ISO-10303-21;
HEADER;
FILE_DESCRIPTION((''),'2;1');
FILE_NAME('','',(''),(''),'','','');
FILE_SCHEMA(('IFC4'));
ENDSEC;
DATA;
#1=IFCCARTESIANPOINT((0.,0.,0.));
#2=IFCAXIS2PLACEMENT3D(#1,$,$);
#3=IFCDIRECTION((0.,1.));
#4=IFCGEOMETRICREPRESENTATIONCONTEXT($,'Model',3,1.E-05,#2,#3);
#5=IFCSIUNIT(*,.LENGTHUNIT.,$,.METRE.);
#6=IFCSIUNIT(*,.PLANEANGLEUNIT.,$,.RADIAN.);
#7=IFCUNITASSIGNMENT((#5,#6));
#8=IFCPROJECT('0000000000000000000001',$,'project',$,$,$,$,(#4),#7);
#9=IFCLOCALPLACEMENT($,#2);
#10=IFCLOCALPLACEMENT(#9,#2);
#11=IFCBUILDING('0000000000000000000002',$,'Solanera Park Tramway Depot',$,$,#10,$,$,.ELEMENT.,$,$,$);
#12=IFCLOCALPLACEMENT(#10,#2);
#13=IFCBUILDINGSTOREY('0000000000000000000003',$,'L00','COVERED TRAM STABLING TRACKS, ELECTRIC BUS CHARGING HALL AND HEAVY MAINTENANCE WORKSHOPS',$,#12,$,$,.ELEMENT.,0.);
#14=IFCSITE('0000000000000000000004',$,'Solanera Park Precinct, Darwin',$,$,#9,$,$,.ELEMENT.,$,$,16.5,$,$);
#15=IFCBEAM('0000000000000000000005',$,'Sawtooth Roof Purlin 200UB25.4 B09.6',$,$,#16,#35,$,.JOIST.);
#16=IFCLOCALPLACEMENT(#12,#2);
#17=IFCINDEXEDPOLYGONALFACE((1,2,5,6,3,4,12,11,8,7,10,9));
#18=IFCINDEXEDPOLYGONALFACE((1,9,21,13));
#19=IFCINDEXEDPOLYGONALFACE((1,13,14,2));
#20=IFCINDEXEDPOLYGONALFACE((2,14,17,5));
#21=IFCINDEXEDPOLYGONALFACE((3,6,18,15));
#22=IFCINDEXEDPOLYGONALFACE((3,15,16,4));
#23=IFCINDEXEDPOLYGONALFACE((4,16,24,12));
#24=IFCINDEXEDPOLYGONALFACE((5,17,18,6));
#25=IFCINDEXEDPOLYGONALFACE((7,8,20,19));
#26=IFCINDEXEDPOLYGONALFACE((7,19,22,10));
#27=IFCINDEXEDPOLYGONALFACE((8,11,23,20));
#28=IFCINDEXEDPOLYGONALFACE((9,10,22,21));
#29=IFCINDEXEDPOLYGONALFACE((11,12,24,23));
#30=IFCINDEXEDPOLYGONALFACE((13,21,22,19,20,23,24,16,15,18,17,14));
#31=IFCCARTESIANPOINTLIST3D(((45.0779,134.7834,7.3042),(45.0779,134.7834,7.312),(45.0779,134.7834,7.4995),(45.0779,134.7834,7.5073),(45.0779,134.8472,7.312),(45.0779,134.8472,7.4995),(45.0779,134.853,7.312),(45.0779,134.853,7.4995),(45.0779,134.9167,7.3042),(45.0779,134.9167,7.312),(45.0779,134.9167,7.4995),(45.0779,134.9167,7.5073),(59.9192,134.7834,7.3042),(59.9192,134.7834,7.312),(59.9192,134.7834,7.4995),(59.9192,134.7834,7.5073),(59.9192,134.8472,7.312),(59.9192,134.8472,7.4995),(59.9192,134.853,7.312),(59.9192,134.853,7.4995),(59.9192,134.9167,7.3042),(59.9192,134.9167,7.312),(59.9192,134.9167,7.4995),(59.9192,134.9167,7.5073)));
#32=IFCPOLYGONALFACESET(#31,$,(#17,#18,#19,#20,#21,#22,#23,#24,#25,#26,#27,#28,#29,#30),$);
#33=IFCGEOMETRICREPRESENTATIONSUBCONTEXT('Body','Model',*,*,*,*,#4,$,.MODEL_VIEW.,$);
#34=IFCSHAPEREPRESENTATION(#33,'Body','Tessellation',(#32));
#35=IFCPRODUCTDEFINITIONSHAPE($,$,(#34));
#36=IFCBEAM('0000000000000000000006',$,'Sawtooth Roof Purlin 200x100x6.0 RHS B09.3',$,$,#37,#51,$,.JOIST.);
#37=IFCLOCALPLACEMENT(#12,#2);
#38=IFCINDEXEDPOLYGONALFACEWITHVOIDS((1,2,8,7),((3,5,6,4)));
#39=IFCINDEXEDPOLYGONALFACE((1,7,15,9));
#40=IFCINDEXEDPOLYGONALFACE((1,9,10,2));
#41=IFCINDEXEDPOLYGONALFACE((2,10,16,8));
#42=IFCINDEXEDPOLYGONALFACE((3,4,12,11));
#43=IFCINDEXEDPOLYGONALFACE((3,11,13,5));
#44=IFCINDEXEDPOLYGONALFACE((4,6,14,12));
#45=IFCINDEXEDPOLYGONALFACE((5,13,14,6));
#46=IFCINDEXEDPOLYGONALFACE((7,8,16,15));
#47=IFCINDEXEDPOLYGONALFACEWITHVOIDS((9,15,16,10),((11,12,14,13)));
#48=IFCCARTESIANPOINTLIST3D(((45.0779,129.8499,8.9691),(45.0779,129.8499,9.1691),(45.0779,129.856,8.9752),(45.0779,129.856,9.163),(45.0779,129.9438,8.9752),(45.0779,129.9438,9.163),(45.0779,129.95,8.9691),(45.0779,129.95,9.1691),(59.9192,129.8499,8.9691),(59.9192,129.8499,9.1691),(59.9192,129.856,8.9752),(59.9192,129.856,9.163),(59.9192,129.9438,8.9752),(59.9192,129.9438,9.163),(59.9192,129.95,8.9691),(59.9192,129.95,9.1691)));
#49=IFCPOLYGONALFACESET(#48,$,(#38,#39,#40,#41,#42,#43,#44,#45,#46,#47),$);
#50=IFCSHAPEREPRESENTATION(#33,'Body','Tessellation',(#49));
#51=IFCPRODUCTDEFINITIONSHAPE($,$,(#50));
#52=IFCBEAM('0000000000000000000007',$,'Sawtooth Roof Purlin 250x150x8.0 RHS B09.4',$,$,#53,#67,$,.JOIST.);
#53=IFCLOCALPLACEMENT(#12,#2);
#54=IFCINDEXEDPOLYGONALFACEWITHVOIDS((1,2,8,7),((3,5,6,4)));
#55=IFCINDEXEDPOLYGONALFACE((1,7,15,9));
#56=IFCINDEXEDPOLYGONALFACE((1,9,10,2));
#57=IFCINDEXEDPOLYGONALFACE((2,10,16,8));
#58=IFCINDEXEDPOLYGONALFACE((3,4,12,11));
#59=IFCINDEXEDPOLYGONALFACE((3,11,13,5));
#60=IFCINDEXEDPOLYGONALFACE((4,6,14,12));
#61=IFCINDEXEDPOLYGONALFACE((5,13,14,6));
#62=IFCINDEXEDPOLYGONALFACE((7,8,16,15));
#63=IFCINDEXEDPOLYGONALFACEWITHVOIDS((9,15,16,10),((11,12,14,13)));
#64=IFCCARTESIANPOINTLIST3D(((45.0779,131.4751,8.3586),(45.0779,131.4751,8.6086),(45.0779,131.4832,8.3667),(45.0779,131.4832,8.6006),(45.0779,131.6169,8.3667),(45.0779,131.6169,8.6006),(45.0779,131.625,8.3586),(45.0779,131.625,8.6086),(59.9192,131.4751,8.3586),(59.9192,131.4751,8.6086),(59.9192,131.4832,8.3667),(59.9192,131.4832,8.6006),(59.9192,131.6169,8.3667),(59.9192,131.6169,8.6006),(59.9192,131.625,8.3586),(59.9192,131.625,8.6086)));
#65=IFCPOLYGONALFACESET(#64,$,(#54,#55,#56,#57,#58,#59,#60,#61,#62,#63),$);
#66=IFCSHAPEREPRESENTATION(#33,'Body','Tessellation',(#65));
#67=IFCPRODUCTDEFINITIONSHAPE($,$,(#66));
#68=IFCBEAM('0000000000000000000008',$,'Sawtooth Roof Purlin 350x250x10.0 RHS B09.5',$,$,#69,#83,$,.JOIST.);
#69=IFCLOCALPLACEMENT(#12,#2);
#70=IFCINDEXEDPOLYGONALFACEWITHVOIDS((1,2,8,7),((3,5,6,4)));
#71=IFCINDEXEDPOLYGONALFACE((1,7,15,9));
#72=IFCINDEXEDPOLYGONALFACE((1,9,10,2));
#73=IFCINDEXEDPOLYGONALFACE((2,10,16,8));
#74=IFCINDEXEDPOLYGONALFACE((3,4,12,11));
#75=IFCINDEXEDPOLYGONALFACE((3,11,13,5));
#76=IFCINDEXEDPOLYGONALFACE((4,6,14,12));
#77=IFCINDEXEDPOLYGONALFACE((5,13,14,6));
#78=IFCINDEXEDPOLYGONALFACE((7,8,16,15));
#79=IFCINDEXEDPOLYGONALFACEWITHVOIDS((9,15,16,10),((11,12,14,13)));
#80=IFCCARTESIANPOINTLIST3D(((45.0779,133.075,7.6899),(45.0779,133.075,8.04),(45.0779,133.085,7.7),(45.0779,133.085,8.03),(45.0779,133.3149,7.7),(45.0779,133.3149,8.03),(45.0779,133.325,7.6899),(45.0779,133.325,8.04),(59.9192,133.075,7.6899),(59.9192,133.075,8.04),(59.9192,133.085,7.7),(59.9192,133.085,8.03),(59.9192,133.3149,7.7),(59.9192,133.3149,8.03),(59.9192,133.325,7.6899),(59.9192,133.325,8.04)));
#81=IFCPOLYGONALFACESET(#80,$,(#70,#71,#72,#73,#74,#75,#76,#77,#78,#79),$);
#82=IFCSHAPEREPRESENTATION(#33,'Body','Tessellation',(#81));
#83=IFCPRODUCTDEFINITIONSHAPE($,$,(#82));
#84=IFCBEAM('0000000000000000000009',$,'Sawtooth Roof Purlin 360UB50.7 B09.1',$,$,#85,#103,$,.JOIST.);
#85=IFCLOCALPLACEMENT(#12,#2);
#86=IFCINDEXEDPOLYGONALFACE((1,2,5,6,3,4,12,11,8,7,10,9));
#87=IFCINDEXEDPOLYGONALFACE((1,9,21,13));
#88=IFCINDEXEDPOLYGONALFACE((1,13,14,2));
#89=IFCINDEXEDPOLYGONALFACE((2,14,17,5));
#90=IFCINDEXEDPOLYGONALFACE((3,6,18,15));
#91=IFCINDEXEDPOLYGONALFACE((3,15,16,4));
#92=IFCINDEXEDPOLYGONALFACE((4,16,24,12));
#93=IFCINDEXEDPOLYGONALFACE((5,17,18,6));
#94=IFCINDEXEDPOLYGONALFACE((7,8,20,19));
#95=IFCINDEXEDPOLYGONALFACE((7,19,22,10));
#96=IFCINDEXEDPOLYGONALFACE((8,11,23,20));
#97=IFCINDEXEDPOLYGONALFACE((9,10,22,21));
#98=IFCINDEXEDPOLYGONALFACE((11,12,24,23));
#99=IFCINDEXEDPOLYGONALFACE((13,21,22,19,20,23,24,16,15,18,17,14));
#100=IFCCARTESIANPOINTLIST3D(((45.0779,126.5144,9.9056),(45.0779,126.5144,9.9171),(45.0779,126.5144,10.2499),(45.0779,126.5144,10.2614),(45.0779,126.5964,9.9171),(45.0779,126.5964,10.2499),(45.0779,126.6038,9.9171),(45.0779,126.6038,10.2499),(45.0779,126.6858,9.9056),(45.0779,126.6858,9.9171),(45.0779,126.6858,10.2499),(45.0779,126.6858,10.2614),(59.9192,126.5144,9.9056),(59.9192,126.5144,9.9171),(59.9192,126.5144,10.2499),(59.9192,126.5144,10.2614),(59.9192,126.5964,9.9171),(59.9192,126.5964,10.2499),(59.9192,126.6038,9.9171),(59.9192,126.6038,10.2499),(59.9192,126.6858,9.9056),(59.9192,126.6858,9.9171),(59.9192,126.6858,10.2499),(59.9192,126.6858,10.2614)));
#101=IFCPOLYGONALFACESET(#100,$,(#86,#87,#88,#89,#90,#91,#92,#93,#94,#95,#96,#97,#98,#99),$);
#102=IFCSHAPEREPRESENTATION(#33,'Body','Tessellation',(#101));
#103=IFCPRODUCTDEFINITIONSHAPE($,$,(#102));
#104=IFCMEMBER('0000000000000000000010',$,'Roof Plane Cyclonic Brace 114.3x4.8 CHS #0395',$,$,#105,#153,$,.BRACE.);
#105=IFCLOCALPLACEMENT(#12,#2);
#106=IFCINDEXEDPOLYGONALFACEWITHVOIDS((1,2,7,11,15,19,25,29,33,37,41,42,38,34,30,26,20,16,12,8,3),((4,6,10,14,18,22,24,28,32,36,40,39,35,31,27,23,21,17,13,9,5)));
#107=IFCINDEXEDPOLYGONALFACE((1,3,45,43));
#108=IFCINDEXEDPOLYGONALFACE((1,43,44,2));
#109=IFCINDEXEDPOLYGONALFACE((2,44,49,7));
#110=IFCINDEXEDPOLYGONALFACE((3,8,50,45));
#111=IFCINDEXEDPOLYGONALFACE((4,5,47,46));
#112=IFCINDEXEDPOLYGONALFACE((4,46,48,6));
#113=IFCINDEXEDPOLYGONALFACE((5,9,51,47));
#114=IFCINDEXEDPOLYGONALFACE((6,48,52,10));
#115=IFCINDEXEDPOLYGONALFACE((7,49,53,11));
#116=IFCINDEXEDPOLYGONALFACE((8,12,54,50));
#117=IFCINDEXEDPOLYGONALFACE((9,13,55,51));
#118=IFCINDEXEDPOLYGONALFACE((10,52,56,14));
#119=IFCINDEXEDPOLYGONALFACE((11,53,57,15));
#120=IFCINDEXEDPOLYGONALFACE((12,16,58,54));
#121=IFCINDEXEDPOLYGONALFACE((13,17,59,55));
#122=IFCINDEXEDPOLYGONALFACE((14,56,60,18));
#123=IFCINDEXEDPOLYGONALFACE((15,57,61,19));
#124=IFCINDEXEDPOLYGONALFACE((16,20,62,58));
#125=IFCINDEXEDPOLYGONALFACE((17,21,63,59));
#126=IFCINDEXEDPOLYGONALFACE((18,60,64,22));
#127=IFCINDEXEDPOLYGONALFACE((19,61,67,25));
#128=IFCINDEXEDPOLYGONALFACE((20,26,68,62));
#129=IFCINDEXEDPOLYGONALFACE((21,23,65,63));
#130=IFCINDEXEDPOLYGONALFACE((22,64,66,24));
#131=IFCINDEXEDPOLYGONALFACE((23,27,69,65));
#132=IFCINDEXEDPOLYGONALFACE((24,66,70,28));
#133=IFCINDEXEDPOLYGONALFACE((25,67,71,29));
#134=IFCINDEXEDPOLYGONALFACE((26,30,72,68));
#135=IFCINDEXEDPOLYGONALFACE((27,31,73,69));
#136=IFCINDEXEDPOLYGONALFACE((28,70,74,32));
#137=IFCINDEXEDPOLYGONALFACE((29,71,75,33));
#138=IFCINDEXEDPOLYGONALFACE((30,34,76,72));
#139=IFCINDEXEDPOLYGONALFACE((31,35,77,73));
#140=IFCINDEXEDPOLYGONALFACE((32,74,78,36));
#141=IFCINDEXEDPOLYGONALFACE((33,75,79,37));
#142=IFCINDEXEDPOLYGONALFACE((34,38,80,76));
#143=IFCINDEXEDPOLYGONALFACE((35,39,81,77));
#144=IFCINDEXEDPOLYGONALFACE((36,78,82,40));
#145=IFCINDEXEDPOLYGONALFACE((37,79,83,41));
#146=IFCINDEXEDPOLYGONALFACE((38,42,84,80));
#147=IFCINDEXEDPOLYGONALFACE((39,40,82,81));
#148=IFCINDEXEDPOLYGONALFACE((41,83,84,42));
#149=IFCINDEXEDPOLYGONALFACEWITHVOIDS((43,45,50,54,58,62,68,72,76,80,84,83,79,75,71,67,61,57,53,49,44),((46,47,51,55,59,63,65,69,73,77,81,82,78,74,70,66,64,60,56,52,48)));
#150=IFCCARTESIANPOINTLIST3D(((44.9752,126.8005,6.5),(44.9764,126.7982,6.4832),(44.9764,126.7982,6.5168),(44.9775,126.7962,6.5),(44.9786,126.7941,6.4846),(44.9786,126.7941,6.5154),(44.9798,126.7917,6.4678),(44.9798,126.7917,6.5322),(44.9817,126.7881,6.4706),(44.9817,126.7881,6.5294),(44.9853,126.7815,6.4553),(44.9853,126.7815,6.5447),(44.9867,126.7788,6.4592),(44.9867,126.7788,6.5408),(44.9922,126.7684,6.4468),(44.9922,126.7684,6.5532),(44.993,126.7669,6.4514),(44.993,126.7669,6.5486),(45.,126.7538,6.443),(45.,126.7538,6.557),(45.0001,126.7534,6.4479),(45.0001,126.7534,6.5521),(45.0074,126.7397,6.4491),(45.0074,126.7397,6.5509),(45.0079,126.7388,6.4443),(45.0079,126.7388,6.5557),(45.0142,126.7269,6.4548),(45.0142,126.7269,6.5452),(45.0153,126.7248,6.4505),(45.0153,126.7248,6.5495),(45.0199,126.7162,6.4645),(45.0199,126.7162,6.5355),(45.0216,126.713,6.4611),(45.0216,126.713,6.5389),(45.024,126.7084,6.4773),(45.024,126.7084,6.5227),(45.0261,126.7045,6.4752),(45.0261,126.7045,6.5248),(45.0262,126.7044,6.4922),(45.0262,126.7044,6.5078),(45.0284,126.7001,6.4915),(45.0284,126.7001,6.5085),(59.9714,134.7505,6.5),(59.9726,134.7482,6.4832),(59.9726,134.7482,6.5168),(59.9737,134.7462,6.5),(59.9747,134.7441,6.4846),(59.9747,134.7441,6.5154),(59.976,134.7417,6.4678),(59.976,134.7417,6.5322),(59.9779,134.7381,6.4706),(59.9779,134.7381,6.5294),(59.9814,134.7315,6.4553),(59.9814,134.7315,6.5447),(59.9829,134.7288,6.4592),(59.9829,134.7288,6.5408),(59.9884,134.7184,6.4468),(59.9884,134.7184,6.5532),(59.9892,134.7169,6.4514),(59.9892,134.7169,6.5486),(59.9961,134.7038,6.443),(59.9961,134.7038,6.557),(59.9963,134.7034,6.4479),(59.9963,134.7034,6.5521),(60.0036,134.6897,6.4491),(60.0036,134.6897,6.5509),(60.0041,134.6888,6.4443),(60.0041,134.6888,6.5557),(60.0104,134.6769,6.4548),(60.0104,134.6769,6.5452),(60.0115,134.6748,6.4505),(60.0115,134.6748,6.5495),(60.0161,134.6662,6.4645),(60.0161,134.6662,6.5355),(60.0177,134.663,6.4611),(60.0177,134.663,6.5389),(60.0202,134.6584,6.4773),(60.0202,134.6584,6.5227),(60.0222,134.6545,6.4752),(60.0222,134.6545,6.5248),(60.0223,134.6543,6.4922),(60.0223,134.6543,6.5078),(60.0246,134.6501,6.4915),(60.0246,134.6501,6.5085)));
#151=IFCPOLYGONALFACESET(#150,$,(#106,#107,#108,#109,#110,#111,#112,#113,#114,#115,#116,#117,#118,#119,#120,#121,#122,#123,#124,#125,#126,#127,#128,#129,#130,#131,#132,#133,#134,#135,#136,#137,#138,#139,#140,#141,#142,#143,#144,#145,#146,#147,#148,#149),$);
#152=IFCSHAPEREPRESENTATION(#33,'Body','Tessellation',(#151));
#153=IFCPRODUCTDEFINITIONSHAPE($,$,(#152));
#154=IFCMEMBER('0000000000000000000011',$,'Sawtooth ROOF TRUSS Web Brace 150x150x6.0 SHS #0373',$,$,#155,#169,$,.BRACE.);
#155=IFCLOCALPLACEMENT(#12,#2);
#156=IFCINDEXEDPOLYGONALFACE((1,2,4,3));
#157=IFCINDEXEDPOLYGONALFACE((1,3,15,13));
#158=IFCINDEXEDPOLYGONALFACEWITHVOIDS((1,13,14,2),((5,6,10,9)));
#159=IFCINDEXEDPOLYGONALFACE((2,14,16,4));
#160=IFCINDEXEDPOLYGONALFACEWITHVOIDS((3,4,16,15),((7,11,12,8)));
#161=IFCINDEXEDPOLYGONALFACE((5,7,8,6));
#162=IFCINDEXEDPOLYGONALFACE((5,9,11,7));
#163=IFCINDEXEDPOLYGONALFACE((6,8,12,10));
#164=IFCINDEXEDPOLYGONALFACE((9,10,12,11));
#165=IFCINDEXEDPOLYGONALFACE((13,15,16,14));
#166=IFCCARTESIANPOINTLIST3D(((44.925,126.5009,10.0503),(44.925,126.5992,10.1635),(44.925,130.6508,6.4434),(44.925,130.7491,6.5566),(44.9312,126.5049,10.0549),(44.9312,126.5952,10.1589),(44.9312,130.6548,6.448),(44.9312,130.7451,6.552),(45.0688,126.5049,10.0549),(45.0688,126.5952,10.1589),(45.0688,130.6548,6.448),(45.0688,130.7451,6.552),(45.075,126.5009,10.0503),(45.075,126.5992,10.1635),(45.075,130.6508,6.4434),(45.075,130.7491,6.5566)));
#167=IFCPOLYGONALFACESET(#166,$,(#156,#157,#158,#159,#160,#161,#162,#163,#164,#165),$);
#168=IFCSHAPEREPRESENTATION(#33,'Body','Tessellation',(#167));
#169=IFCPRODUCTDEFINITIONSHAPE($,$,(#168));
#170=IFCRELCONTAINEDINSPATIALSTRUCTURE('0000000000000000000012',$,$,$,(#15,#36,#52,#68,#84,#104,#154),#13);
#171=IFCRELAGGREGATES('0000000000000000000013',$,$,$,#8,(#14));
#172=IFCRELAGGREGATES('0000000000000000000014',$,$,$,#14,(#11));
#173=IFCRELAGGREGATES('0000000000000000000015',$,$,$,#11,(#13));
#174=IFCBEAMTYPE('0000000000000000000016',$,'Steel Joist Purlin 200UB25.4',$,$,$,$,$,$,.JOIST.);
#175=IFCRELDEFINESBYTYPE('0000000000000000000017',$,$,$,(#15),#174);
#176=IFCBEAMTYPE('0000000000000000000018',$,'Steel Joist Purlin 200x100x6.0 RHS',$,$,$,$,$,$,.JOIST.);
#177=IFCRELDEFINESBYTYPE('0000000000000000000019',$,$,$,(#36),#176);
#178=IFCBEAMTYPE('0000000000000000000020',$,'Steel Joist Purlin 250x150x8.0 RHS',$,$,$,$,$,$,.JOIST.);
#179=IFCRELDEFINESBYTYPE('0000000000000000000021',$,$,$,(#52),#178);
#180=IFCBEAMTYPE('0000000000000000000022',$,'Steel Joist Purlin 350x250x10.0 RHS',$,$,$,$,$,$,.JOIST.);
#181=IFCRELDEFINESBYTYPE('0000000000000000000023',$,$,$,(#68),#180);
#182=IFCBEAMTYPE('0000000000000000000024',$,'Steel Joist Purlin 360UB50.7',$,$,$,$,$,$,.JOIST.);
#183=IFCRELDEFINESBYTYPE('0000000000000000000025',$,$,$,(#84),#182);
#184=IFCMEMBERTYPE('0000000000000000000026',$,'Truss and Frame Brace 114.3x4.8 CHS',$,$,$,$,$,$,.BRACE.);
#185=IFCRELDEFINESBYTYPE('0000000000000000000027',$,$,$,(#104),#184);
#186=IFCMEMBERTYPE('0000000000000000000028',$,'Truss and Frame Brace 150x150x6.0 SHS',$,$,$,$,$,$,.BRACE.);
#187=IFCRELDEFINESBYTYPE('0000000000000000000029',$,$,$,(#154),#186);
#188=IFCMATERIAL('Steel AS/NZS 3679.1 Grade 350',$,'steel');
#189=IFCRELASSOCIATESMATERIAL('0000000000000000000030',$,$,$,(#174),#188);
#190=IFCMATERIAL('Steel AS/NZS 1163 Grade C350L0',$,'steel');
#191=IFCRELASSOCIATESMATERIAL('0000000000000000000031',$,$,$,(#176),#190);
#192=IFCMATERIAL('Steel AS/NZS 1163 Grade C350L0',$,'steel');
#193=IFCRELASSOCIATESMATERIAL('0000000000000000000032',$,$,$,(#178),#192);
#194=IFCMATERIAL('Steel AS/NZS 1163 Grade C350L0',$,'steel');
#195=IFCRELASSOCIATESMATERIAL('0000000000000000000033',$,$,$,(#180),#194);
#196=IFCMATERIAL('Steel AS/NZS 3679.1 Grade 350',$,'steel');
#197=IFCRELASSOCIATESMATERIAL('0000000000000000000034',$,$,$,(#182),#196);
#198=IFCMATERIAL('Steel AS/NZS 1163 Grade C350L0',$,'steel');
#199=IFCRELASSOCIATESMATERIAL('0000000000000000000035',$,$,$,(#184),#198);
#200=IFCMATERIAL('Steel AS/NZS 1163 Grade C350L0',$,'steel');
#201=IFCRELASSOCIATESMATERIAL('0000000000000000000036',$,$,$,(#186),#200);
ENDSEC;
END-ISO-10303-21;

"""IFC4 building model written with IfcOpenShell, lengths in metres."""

from ifc_helpers import new_model, si_unit, direction, frame, origin, origin_2d, place, context, subcontext, project, spatial, hollow_rectangle, hollow_circle, i_section, extrude, material, material_profile, profile_set, type_object, element, save


model = new_model("IFC4")

# Units and contexts
model_context = context("Model", 3, precision=1e-05, world=origin(), true_north=direction((0.0, 1.0)))
body_context = subcontext(model_context, "Body", "Model", "MODEL_VIEW")
ifc_project = project(units=[si_unit("LENGTHUNIT", "METRE"), si_unit("PLANEANGLEUNIT", "RADIAN")], contexts=[model_context])

# Site, building, storey
site_placement = place(None, origin())
site = spatial("IfcSite", under=ifc_project, at=site_placement, Name="Solanera Park Precinct, Darwin", CompositionType="ELEMENT", RefElevation=16.5)
building_placement = place(site_placement, origin())
building = spatial("IfcBuilding", under=site, at=building_placement, Name="Solanera Park Tramway Depot", CompositionType="ELEMENT")
storey_placement = place(building_placement, origin())
storey = spatial("IfcBuildingStorey", under=building, at=storey_placement, Name="L00", Description="COVERED TRAM STABLING TRACKS, ELECTRIC BUS CHARGING HALL AND HEAVY MAINTENANCE WORKSHOPS", CompositionType="ELEMENT", Elevation=0.0)

# Beams
ifc_material_1 = material(Name="Steel AS/NZS 3679.1 Grade 350", Category="steel")
ifc_material_profile_1 = material_profile(ifc_material_1, i_section(OverallWidth=0.1333, OverallDepth=0.2031, WebThickness=0.0059, FlangeThickness=0.0078, at=origin_2d()), Name="200UB25.4")
ifc_profile_set_1 = profile_set([ifc_material_profile_1], Name="Steel AS/NZS 3679.1 Grade 350")
beam_type_1 = type_object("IfcBeamType", Name="Steel Joist Purlin 200UB25.4", PredefinedType="JOIST", material=ifc_profile_set_1)
beam_1_placement = place(storey_placement, frame((45.0779, 134.8501, 7.4058), z_axis=(1.0, 0.0, 0.0), x_axis=(0.0, 1.0, 0.0)))
element("IfcBeam", 1, at=beam_1_placement, inside=storey, type_object=beam_type_1, Name="Sawtooth Roof Purlin 200UB25.4 B09.6", PredefinedType="JOIST", context=body_context, shape_type="SweptSolid", body=[
    extrude(i_section(OverallWidth=0.1333, OverallDepth=0.2031, WebThickness=0.0059, FlangeThickness=0.0078, at=origin_2d()), origin(), (0.0, 0.0, 1.0), 14.8413),
])
ifc_material_2 = material(Name="Steel AS/NZS 1163 Grade C350L0", Category="steel")
ifc_material_profile_2 = material_profile(ifc_material_2, hollow_rectangle(XDim=0.1001, YDim=0.2, WallThickness=0.0061, at=origin_2d()), Name="200x100x6.0 RHS")
ifc_profile_set_2 = profile_set([ifc_material_profile_2], Name="Steel AS/NZS 1163 Grade C350L0")
beam_type_2 = type_object("IfcBeamType", Name="Steel Joist Purlin 200x100x6.0 RHS", PredefinedType="JOIST", material=ifc_profile_set_2)
beam_2_placement = place(storey_placement, frame((45.0779, 129.8999, 9.0691), z_axis=(1.0, 0.0, 0.0), x_axis=(0.0, 1.0, 0.0)))
element("IfcBeam", 2, at=beam_2_placement, inside=storey, type_object=beam_type_2, Name="Sawtooth Roof Purlin 200x100x6.0 RHS B09.3", PredefinedType="JOIST", context=body_context, shape_type="SweptSolid", body=[
    extrude(hollow_rectangle(XDim=0.1001, YDim=0.2, WallThickness=0.0061, at=origin_2d()), origin(), (0.0, 0.0, 1.0), 14.8413),
])
ifc_material_3 = material(Name="Steel AS/NZS 1163 Grade C350L0", Category="steel")
ifc_material_profile_3 = material_profile(ifc_material_3, hollow_rectangle(XDim=0.1499, YDim=0.25, WallThickness=0.0081, at=origin_2d()), Name="250x150x8.0 RHS")
ifc_profile_set_3 = profile_set([ifc_material_profile_3], Name="Steel AS/NZS 1163 Grade C350L0")
beam_type_3 = type_object("IfcBeamType", Name="Steel Joist Purlin 250x150x8.0 RHS", PredefinedType="JOIST", material=ifc_profile_set_3)
beam_3_placement = place(storey_placement, frame((45.0779, 131.55, 8.4836), z_axis=(1.0, 0.0, 0.0), x_axis=(0.0, 1.0, 0.0)))
element("IfcBeam", 3, at=beam_3_placement, inside=storey, type_object=beam_type_3, Name="Sawtooth Roof Purlin 250x150x8.0 RHS B09.4", PredefinedType="JOIST", context=body_context, shape_type="SweptSolid", body=[
    extrude(hollow_rectangle(XDim=0.1499, YDim=0.25, WallThickness=0.0081, at=origin_2d()), origin(), (0.0, 0.0, 1.0), 14.8413),
])
ifc_material_4 = material(Name="Steel AS/NZS 1163 Grade C350L0", Category="steel")
ifc_material_profile_4 = material_profile(ifc_material_4, hollow_rectangle(XDim=0.25, YDim=0.3501, WallThickness=0.01, at=origin_2d()), Name="350x250x10.0 RHS")
ifc_profile_set_4 = profile_set([ifc_material_profile_4], Name="Steel AS/NZS 1163 Grade C350L0")
beam_type_4 = type_object("IfcBeamType", Name="Steel Joist Purlin 350x250x10.0 RHS", PredefinedType="JOIST", material=ifc_profile_set_4)
beam_4_placement = place(storey_placement, frame((45.0779, 133.2, 7.865), z_axis=(1.0, 0.0, 0.0), x_axis=(0.0, 1.0, 0.0)))
element("IfcBeam", 4, at=beam_4_placement, inside=storey, type_object=beam_type_4, Name="Sawtooth Roof Purlin 350x250x10.0 RHS B09.5", PredefinedType="JOIST", context=body_context, shape_type="SweptSolid", body=[
    extrude(hollow_rectangle(XDim=0.25, YDim=0.3501, WallThickness=0.01, at=origin_2d()), origin(), (0.0, 0.0, 1.0), 14.8413),
])
ifc_material_5 = material(Name="Steel AS/NZS 3679.1 Grade 350", Category="steel")
ifc_material_profile_5 = material_profile(ifc_material_5, i_section(OverallWidth=0.1714, OverallDepth=0.3557, WebThickness=0.0073, FlangeThickness=0.0115, at=origin_2d()), Name="360UB50.7")
ifc_profile_set_5 = profile_set([ifc_material_profile_5], Name="Steel AS/NZS 3679.1 Grade 350")
beam_type_5 = type_object("IfcBeamType", Name="Steel Joist Purlin 360UB50.7", PredefinedType="JOIST", material=ifc_profile_set_5)
beam_5_placement = place(storey_placement, frame((45.0779, 126.6001, 10.0835), z_axis=(1.0, 0.0, 0.0), x_axis=(0.0, 1.0, 0.0)))
element("IfcBeam", 5, at=beam_5_placement, inside=storey, type_object=beam_type_5, Name="Sawtooth Roof Purlin 360UB50.7 B09.1", PredefinedType="JOIST", context=body_context, shape_type="SweptSolid", body=[
    extrude(i_section(OverallWidth=0.1714, OverallDepth=0.3557, WebThickness=0.0073, FlangeThickness=0.0115, at=origin_2d()), origin(), (0.0, 0.0, 1.0), 14.8413),
])

# Members
ifc_material_6 = material(Name="Steel AS/NZS 1163 Grade C350L0", Category="steel")
ifc_material_profile_6 = material_profile(ifc_material_6, hollow_circle(Radius=0.0571, WallThickness=0.0049, at=origin_2d()), Name="114.3x4.8 CHS")
ifc_profile_set_6 = profile_set([ifc_material_profile_6], Name="Steel AS/NZS 1163 Grade C350L0")
member_type_1 = type_object("IfcMemberType", Name="Truss and Frame Brace 114.3x4.8 CHS", PredefinedType="BRACE", material=ifc_profile_set_6)
member_1_placement = place(storey_placement, frame((45.002, 126.75, 6.5), z_axis=(0.883524, 0.468387, 0.0), x_axis=(-0.468387, 0.883524, 0.0)))
element("IfcMember", 6, at=member_1_placement, inside=storey, type_object=member_type_1, Name="Roof Plane Cyclonic Brace 114.3x4.8 CHS #0395", PredefinedType="BRACE", context=body_context, shape_type="SweptSolid", body=[
    extrude(hollow_circle(Radius=0.0571, WallThickness=0.0049, at=origin_2d()), origin(), (0.0, 0.0, 1.0), 16.9731),
])
ifc_material_7 = material(Name="Steel AS/NZS 1163 Grade C350L0", Category="steel")
ifc_material_profile_7 = material_profile(ifc_material_7, hollow_rectangle(XDim=0.1499, YDim=0.1499, WallThickness=0.0061, at=origin_2d()), Name="150x150x6.0 SHS")
ifc_profile_set_7 = profile_set([ifc_material_profile_7], Name="Steel AS/NZS 1163 Grade C350L0")
member_type_2 = type_object("IfcMemberType", Name="Truss and Frame Brace 150x150x6.0 SHS", PredefinedType="BRACE", material=ifc_profile_set_7)
member_2_placement = place(storey_placement, frame((45.0, 130.7, 6.5), z_axis=(0.0, -0.754757, 0.656005), x_axis=(1.0, 0.0, 0.0)))
element("IfcMember", 7, at=member_2_placement, inside=storey, type_object=member_type_2, Name="Sawtooth ROOF TRUSS Web Brace 150x150x6.0 SHS #0373", PredefinedType="BRACE", context=body_context, shape_type="SweptSolid", body=[
    extrude(hollow_rectangle(XDim=0.1499, YDim=0.1499, WallThickness=0.0061, at=origin_2d()), origin(), (0.0, 0.0, 1.0), 5.4983),
])

save(model, "model.ifc")
